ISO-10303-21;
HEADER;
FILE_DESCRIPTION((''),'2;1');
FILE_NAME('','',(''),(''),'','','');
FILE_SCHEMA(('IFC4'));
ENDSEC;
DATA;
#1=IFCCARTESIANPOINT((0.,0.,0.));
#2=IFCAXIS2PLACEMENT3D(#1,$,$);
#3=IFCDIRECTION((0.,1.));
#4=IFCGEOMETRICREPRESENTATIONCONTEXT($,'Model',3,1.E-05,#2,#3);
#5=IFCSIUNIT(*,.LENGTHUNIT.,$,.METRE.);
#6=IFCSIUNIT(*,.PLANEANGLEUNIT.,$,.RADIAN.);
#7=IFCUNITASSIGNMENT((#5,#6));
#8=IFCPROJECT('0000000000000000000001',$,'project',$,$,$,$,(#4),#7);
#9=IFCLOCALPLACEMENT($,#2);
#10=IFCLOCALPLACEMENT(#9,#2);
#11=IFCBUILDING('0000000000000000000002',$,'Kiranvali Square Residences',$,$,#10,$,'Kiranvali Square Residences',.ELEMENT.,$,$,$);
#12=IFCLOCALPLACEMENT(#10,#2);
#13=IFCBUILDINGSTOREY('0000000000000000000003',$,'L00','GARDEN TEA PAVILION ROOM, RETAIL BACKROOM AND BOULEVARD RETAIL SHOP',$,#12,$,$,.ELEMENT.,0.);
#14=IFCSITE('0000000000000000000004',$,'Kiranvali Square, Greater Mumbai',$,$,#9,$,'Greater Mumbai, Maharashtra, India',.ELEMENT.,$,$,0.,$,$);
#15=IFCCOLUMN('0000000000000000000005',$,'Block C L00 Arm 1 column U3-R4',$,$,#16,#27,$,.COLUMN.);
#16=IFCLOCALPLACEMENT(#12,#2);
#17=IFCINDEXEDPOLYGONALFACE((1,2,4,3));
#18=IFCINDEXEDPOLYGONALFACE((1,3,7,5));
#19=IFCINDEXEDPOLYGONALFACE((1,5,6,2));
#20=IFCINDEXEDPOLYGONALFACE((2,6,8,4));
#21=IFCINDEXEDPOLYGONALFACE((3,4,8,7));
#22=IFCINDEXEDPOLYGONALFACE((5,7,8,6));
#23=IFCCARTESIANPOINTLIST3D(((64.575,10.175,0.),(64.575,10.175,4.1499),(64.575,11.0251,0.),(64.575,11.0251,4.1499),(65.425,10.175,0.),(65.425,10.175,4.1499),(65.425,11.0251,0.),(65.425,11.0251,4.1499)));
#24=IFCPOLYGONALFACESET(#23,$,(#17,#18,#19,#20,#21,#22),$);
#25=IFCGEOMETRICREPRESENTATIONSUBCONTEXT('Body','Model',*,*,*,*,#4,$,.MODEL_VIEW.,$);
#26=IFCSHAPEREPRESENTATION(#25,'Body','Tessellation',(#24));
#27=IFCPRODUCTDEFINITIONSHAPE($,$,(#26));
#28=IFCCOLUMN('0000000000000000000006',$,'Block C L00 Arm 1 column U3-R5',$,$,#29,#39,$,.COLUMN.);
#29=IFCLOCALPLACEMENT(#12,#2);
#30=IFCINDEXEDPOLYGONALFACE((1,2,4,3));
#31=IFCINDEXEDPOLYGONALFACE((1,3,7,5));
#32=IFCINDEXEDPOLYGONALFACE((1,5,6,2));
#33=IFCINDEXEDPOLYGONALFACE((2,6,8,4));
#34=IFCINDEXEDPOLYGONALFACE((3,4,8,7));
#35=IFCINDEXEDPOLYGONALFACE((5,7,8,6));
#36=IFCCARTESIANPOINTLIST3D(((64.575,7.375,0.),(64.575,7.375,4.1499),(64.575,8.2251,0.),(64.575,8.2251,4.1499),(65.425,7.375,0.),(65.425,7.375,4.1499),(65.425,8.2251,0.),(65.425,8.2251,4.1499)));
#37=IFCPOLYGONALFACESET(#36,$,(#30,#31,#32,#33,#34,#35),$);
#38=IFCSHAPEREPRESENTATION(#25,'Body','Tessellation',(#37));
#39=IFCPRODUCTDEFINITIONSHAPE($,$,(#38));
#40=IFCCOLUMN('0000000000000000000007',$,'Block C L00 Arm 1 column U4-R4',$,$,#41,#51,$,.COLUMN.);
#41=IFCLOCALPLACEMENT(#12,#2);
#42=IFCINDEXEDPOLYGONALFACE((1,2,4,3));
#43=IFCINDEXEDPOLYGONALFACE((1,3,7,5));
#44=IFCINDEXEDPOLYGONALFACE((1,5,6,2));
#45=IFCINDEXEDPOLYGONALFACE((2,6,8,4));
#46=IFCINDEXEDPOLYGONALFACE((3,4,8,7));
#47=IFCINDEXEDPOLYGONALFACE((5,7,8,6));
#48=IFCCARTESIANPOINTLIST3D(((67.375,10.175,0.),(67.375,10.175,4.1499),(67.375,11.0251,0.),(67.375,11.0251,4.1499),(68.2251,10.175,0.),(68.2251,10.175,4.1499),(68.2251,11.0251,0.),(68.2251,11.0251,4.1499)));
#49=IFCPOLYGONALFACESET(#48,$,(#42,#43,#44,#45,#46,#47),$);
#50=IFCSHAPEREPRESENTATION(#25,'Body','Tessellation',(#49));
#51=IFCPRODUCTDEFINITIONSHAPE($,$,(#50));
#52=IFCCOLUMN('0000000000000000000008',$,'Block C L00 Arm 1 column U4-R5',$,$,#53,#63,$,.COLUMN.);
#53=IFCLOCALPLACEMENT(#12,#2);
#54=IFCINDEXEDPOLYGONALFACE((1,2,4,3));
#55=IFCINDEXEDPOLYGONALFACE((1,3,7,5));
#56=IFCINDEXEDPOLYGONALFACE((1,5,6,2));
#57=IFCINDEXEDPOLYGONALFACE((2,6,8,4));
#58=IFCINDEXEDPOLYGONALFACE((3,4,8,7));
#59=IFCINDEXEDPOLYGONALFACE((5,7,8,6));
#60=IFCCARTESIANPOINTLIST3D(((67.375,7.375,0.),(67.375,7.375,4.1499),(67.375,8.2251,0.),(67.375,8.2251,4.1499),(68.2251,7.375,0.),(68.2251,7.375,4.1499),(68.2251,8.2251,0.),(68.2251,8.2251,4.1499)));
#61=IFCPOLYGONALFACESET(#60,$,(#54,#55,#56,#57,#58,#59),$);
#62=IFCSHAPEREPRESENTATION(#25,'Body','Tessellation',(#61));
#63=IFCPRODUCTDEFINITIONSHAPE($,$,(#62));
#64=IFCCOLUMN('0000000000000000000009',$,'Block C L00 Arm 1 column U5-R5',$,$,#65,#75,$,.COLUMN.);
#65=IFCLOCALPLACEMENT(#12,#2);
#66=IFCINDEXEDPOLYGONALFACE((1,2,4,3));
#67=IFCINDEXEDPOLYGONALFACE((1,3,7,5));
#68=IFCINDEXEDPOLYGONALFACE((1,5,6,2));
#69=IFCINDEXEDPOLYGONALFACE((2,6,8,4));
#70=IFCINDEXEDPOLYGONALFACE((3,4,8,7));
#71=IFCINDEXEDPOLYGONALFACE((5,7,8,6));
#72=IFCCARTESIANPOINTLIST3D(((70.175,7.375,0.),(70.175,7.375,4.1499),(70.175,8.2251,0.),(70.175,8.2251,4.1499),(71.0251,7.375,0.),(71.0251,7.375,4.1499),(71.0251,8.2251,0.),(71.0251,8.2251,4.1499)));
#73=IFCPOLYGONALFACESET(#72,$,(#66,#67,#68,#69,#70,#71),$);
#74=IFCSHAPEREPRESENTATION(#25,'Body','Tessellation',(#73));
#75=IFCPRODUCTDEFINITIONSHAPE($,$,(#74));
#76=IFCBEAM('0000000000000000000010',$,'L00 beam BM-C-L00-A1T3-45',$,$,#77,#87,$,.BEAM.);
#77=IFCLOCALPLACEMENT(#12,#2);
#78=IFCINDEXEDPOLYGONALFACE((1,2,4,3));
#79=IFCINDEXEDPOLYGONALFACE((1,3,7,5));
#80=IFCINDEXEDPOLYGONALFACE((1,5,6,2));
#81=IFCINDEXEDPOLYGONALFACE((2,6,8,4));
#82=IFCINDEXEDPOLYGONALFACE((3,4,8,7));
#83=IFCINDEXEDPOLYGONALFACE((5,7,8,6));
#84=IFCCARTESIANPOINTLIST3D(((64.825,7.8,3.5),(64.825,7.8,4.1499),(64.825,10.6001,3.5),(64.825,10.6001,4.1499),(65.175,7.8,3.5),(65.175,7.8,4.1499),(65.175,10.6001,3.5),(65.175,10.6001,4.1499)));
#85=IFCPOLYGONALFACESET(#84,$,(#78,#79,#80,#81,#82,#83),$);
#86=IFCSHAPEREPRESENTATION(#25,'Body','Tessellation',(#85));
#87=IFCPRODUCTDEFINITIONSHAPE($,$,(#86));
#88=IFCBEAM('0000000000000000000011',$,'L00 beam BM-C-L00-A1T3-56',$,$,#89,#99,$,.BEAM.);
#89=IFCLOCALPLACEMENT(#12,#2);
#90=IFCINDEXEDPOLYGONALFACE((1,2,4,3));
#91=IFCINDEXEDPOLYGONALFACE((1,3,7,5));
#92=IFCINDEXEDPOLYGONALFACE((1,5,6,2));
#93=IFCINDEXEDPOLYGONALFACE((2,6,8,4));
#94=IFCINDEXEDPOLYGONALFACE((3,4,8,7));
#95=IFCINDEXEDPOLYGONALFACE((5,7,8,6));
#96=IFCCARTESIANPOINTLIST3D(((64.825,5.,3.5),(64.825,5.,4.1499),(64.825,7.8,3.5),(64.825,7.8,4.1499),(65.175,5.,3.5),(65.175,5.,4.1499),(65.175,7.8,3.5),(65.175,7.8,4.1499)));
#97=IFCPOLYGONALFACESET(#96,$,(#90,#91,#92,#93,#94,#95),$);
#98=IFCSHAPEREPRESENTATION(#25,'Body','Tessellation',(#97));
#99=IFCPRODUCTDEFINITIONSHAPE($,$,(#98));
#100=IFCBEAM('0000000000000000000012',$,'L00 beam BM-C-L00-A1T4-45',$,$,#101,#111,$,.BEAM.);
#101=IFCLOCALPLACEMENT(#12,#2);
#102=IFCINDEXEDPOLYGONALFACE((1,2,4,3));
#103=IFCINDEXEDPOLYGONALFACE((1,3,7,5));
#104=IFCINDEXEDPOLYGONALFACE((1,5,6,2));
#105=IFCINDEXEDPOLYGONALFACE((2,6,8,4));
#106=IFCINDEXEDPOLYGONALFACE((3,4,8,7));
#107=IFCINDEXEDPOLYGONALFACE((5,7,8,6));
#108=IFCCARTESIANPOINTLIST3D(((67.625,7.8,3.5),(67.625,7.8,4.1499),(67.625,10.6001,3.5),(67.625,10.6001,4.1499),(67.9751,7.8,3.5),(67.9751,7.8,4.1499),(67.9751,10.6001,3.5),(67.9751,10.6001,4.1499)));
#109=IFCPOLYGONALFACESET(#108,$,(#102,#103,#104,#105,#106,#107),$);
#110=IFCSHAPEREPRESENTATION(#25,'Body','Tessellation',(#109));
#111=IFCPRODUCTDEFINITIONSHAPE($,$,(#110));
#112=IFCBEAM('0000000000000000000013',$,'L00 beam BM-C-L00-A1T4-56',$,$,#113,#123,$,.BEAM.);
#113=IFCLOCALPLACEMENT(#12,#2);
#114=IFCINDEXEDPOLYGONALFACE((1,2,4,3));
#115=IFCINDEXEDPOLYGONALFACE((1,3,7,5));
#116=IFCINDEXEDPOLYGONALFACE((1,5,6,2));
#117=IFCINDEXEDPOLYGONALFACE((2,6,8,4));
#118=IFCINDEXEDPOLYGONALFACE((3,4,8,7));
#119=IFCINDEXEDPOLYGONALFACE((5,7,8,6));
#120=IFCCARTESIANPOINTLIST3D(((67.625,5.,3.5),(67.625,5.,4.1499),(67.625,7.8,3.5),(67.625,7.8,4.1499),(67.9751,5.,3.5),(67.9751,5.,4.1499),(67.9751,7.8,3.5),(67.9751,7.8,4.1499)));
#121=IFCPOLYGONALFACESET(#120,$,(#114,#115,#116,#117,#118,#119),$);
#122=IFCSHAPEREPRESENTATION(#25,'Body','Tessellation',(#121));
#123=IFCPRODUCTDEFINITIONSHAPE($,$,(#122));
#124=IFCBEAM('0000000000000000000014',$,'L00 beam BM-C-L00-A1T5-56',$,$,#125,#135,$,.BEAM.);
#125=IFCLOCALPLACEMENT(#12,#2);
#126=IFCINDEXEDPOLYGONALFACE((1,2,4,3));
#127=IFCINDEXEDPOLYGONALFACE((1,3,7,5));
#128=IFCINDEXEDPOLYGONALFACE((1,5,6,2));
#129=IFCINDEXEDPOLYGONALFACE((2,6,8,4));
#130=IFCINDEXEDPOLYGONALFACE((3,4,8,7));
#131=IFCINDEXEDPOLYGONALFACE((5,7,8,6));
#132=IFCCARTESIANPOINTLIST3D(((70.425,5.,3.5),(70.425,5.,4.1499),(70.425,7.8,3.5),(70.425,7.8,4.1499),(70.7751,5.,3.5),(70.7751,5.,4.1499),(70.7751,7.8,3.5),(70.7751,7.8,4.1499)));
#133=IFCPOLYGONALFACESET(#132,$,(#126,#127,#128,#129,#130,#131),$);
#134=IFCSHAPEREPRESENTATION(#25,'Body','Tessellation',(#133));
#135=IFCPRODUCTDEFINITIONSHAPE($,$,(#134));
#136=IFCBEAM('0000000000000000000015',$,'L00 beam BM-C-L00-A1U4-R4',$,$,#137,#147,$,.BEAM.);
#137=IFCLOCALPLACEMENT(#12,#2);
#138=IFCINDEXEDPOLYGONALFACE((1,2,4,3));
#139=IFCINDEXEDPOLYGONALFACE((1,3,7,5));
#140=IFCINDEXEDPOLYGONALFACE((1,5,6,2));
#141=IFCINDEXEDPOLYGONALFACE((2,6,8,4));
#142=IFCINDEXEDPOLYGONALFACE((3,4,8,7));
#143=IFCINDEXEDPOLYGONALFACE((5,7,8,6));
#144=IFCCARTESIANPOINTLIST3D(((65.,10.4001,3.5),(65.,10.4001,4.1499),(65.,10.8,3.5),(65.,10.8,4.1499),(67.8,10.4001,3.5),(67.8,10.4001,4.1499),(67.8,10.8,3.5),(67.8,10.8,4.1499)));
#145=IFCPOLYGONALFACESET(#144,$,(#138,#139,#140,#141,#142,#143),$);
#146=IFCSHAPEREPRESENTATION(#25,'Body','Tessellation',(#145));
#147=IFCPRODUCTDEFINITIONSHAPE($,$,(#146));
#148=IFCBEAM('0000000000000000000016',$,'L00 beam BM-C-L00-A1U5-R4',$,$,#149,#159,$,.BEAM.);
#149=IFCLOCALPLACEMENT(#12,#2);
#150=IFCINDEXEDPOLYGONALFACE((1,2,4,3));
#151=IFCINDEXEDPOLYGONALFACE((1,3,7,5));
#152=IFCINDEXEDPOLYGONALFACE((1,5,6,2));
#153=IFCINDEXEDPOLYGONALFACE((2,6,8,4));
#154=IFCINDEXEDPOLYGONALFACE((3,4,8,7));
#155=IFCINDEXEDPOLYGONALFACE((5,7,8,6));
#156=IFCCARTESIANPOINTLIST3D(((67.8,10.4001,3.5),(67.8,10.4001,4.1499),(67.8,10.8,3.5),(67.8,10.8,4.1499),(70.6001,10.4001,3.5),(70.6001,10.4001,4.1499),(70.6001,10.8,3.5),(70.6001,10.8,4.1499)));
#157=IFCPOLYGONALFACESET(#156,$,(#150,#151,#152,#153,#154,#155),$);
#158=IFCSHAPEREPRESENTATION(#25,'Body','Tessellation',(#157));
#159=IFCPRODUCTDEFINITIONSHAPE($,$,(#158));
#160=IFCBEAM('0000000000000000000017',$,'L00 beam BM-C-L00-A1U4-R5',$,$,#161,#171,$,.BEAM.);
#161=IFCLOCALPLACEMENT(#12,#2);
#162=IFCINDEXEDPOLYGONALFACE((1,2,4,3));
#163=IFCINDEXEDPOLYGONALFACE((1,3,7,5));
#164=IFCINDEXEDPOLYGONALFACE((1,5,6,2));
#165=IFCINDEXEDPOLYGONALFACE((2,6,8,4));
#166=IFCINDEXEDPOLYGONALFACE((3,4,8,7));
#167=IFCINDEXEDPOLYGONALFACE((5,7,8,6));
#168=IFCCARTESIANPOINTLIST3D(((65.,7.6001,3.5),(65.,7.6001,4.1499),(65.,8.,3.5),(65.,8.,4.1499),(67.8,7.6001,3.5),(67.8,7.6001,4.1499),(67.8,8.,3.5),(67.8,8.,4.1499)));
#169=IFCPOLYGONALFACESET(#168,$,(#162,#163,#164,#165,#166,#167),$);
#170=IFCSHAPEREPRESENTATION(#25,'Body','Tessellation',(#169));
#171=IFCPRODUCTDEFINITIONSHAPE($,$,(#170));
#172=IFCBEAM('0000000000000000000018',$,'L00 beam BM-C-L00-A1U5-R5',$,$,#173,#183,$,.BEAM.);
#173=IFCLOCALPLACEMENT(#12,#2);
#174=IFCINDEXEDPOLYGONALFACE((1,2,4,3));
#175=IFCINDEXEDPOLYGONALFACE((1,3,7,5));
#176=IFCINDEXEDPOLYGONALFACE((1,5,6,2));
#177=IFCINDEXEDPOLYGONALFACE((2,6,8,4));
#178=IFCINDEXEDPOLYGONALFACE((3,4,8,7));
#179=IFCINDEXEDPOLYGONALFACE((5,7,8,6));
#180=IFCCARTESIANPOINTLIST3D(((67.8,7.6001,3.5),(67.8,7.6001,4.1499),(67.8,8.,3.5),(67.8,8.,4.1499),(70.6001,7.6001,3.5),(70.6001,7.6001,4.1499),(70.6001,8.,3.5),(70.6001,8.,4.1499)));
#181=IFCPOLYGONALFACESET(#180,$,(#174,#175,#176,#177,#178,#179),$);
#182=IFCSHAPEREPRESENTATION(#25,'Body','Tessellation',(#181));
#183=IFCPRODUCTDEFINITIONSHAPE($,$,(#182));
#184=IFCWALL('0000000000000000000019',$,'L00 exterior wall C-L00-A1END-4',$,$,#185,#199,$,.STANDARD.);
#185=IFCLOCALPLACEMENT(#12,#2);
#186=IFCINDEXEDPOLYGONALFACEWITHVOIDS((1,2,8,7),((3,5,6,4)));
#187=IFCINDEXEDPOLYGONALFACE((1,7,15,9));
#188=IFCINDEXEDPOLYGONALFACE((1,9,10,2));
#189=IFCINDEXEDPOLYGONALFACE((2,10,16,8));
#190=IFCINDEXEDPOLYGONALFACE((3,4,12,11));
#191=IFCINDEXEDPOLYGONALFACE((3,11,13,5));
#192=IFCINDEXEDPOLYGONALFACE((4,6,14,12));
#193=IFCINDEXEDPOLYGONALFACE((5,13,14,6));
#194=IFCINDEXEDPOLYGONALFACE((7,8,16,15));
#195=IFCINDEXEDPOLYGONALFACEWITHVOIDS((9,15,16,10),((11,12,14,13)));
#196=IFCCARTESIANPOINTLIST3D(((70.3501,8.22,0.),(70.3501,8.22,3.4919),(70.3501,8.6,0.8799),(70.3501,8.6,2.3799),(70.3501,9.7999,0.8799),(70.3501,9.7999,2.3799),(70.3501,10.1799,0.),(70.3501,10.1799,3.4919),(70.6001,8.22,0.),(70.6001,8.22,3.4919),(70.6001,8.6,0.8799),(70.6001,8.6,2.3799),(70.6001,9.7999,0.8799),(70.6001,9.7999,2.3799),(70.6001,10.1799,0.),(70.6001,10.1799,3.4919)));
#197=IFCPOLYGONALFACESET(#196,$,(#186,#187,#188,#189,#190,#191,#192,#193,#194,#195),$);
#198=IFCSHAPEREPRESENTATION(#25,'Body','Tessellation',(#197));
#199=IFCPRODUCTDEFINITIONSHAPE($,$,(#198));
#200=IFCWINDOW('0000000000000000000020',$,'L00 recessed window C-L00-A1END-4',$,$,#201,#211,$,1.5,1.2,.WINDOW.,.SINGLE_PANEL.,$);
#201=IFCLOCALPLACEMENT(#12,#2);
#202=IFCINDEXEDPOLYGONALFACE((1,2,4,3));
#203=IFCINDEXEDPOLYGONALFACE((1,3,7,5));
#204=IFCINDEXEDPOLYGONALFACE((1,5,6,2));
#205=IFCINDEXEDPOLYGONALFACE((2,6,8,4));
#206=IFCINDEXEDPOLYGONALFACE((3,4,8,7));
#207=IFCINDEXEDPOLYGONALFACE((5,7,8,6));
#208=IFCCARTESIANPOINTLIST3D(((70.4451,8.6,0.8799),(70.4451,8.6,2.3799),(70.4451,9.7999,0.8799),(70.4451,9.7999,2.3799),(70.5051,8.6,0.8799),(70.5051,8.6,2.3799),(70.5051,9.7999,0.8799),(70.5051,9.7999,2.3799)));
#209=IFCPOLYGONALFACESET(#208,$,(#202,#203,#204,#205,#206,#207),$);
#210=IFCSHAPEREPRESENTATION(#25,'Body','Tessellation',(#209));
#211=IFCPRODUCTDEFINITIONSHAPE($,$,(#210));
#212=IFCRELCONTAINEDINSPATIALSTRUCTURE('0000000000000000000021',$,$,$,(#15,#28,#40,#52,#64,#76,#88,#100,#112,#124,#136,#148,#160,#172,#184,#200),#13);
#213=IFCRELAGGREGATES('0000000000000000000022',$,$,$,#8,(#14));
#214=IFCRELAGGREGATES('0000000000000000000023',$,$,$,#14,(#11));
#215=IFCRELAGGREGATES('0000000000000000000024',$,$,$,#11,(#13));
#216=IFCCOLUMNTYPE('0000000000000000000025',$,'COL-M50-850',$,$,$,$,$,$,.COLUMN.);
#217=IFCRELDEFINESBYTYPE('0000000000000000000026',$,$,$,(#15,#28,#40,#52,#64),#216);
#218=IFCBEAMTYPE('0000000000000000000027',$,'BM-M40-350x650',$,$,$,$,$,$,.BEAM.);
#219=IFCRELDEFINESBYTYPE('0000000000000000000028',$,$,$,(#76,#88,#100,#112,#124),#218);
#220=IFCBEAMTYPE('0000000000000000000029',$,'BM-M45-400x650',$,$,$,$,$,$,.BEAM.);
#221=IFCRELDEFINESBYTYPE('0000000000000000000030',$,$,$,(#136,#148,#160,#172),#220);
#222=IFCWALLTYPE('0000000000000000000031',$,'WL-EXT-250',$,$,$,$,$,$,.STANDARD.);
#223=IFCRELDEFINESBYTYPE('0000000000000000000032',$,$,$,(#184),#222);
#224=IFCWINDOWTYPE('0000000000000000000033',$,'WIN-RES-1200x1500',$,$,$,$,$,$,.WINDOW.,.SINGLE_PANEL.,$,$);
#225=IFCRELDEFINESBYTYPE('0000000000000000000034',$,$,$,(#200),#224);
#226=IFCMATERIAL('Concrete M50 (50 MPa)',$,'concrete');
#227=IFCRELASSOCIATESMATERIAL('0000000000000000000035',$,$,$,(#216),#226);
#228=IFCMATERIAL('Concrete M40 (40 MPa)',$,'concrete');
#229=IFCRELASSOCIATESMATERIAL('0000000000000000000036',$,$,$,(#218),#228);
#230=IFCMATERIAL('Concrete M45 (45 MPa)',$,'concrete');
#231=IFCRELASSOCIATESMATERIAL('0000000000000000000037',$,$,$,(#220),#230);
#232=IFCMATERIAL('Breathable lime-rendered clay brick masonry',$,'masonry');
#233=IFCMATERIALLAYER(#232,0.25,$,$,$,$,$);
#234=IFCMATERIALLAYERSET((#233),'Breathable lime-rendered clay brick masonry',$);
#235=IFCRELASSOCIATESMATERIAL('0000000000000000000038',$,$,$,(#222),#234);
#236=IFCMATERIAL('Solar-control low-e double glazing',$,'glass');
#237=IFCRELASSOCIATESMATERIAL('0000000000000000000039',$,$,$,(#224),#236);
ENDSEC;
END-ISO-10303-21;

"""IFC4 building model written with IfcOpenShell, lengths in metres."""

from ifc_helpers import new_model, si_unit, direction, frame, frame_2d, origin, origin_2d, place, context, subcontext, project, spatial, rectangle, extrude, material, layer, layer_set, material_profile, profile_set, type_object, element, fill, save


model = new_model("IFC4")

# Units and contexts
model_context = context("Model", 3, precision=1e-05, world=origin(), true_north=direction((0.0, 1.0)))
body_context = subcontext(model_context, "Body", "Model", "MODEL_VIEW")
ifc_project = project(units=[si_unit("LENGTHUNIT", "METRE"), si_unit("PLANEANGLEUNIT", "RADIAN")], contexts=[model_context])

# Site, building, storey
site_placement = place(None, origin())
site = spatial("IfcSite", under=ifc_project, at=site_placement, Name="Kiranvali Square, Greater Mumbai", LongName="Greater Mumbai, Maharashtra, India", CompositionType="ELEMENT", RefElevation=0.0)
building_placement = place(site_placement, origin())
building = spatial("IfcBuilding", under=site, at=building_placement, Name="Kiranvali Square Residences", LongName="Kiranvali Square Residences", CompositionType="ELEMENT")
storey_placement = place(building_placement, origin())
storey = spatial("IfcBuildingStorey", under=building, at=storey_placement, Name="L00", Description="GARDEN TEA PAVILION ROOM, RETAIL BACKROOM AND BOULEVARD RETAIL SHOP", CompositionType="ELEMENT", Elevation=0.0)

# Columns
ifc_material_1 = material(Name="Concrete M50 (50 MPa)", Category="concrete")
ifc_material_profile_1 = material_profile(ifc_material_1, rectangle(XDim=0.8501, YDim=0.8501, at=origin_2d()), Name="RC 850x850")
ifc_profile_set_1 = profile_set([ifc_material_profile_1], Name="Concrete M50 (50 MPa)")
column_type = type_object("IfcColumnType", Name="COL-M50-850", PredefinedType="COLUMN", material=ifc_profile_set_1)
for number, where, z_axis, x_axis, name in (
    (1, (65.0, 10.6001, 0.0), (0.0, 0.0, 1.0), (1.0, 0.0, 0.0), "Block C L00 Arm 1 column U3-R4"),
    (2, (65.0, 7.8, 0.0), (0.0, 0.0, 1.0), (1.0, 0.0, 0.0), "Block C L00 Arm 1 column U3-R5"),
    (3, (67.8, 10.6001, 0.0), (0.0, 0.0, 1.0), (1.0, 0.0, 0.0), "Block C L00 Arm 1 column U4-R4"),
    (4, (67.8, 7.8, 0.0), (0.0, 0.0, 1.0), (1.0, 0.0, 0.0), "Block C L00 Arm 1 column U4-R5"),
    (5, (70.6001, 7.8, 0.0), (0.0, 0.0, 1.0), (1.0, 0.0, 0.0), "Block C L00 Arm 1 column U5-R5"),
):
    element("IfcColumn", number, at=place(storey_placement, frame(where, z_axis=z_axis, x_axis=x_axis)), inside=storey, type_object=column_type, Name=name, PredefinedType="COLUMN", context=body_context, shape_type="SweptSolid", body=[
        extrude(rectangle(XDim=0.8501, YDim=0.8501, at=origin_2d()), origin(), (0.0, 0.0, 1.0), 4.1499),
    ])

# Beams
ifc_material_2 = material(Name="Concrete M40 (40 MPa)", Category="concrete")
ifc_material_profile_2 = material_profile(ifc_material_2, rectangle(XDim=0.3501, YDim=0.6499, at=origin_2d()), Name="RC 350x650")
ifc_profile_set_2 = profile_set([ifc_material_profile_2], Name="Concrete M40 (40 MPa)")
beam_type_1 = type_object("IfcBeamType", Name="BM-M40-350x650", PredefinedType="BEAM", material=ifc_profile_set_2)
for number, where, z_axis, x_axis, name in (
    (6, (65.0, 10.6001, 3.825), (0.0, -1.0, 0.0), (1.0, 0.0, 0.0), "L00 beam BM-C-L00-A1T3-45"),
    (7, (65.0, 7.8, 3.825), (0.0, -1.0, 0.0), (1.0, 0.0, 0.0), "L00 beam BM-C-L00-A1T3-56"),
    (8, (67.8, 10.6001, 3.825), (0.0, -1.0, 0.0), (1.0, 0.0, 0.0), "L00 beam BM-C-L00-A1T4-45"),
    (9, (67.8, 7.8, 3.825), (0.0, -1.0, 0.0), (1.0, 0.0, 0.0), "L00 beam BM-C-L00-A1T4-56"),
    (10, (70.6001, 7.8, 3.825), (0.0, -1.0, 0.0), (1.0, 0.0, 0.0), "L00 beam BM-C-L00-A1T5-56"),
):
    element("IfcBeam", number, at=place(storey_placement, frame(where, z_axis=z_axis, x_axis=x_axis)), inside=storey, type_object=beam_type_1, Name=name, PredefinedType="BEAM", context=body_context, shape_type="SweptSolid", body=[
        extrude(rectangle(XDim=0.3501, YDim=0.6499, at=origin_2d()), origin(), (0.0, 0.0, 1.0), 2.8),
    ])
ifc_material_3 = material(Name="Concrete M45 (45 MPa)", Category="concrete")
ifc_material_profile_3 = material_profile(ifc_material_3, rectangle(XDim=0.3999, YDim=0.6499, at=origin_2d()), Name="RC 400x650")
ifc_profile_set_3 = profile_set([ifc_material_profile_3], Name="Concrete M45 (45 MPa)")
beam_type_2 = type_object("IfcBeamType", Name="BM-M45-400x650", PredefinedType="BEAM", material=ifc_profile_set_3)
for number, where, z_axis, x_axis, name in (
    (11, (65.0, 10.6001, 3.825), (1.0, 0.0, 0.0), (0.0, 1.0, 0.0), "L00 beam BM-C-L00-A1U4-R4"),
    (12, (67.8, 10.6001, 3.825), (1.0, 0.0, 0.0), (0.0, 1.0, 0.0), "L00 beam BM-C-L00-A1U5-R4"),
    (13, (65.0, 7.8, 3.825), (1.0, 0.0, 0.0), (0.0, 1.0, 0.0), "L00 beam BM-C-L00-A1U4-R5"),
    (14, (67.8, 7.8, 3.825), (1.0, 0.0, 0.0), (0.0, 1.0, 0.0), "L00 beam BM-C-L00-A1U5-R5"),
):
    element("IfcBeam", number, at=place(storey_placement, frame(where, z_axis=z_axis, x_axis=x_axis)), inside=storey, type_object=beam_type_2, Name=name, PredefinedType="BEAM", context=body_context, shape_type="SweptSolid", body=[
        extrude(rectangle(XDim=0.3999, YDim=0.6499, at=origin_2d()), origin(), (0.0, 0.0, 1.0), 2.8),
    ])

# Wall, opening, window
ifc_material_4 = material(Name="Breathable lime-rendered clay brick masonry", Category="masonry")
ifc_layer_1 = layer(ifc_material_4, 0.25)
ifc_layer_set_1 = layer_set([ifc_layer_1], Name="Breathable lime-rendered clay brick masonry")
wall_type_1 = type_object("IfcWallType", Name="WL-EXT-250", PredefinedType="STANDARD", material=ifc_layer_set_1)
wall_1_placement = place(storey_placement, frame((70.4751, 10.1799, 0.0), z_axis=(0.0, 0.0, 1.0), x_axis=(0.0, -1.0, 0.0)))
wall_1 = element("IfcWall", 15, at=wall_1_placement, inside=storey, type_object=wall_type_1, Name="L00 exterior wall C-L00-A1END-4", PredefinedType="STANDARD", context=body_context, shape_type="SweptSolid", body=[
    extrude(rectangle(XDim=1.96, YDim=0.25, at=frame_2d((0.98, 0.0))), origin(), (0.0, 0.0, 1.0), 3.4919),
])
opening_1_placement = place(wall_1_placement, frame((0.3799, 0.0, 0.8799)))
opening_1 = element("IfcOpeningElement", 16, at=opening_1_placement, cuts=wall_1, PredefinedType="OPENING", context=body_context, shape_type="SweptSolid", body=[
    extrude(rectangle(XDim=1.2, YDim=1.5, at=frame_2d((0.6001, 0.75))), frame((0.0, 0.135, 0.0), z_axis=(0.0, -1.0, 0.0), x_axis=(1.0, 0.0, 0.0)), (0.0, 0.0, 1.0), 0.27),
])
ifc_material_5 = material(Name="Solar-control low-e double glazing", Category="glass")
window_type = type_object("IfcWindowType", Name="WIN-RES-1200x1500", PartitioningType="SINGLE_PANEL", PredefinedType="WINDOW", material=ifc_material_5)
window_placement = place(opening_1_placement, origin())
window = element("IfcWindow", 17, at=window_placement, inside=storey, type_object=window_type, Name="L00 recessed window C-L00-A1END-4", OverallHeight=1.5, OverallWidth=1.2, PartitioningType="SINGLE_PANEL", PredefinedType="WINDOW", context=body_context, shape_type="SweptSolid", body=[
    extrude(rectangle(XDim=1.2, YDim=1.5, at=frame_2d((0.6001, 0.75))), frame((0.0, 0.03, 0.0), z_axis=(0.0, -1.0, 0.0), x_axis=(1.0, 0.0, 0.0)), (0.0, 0.0, 1.0), 0.0601),
])
fill(opening_1, window)

save(model, "model.ifc")
